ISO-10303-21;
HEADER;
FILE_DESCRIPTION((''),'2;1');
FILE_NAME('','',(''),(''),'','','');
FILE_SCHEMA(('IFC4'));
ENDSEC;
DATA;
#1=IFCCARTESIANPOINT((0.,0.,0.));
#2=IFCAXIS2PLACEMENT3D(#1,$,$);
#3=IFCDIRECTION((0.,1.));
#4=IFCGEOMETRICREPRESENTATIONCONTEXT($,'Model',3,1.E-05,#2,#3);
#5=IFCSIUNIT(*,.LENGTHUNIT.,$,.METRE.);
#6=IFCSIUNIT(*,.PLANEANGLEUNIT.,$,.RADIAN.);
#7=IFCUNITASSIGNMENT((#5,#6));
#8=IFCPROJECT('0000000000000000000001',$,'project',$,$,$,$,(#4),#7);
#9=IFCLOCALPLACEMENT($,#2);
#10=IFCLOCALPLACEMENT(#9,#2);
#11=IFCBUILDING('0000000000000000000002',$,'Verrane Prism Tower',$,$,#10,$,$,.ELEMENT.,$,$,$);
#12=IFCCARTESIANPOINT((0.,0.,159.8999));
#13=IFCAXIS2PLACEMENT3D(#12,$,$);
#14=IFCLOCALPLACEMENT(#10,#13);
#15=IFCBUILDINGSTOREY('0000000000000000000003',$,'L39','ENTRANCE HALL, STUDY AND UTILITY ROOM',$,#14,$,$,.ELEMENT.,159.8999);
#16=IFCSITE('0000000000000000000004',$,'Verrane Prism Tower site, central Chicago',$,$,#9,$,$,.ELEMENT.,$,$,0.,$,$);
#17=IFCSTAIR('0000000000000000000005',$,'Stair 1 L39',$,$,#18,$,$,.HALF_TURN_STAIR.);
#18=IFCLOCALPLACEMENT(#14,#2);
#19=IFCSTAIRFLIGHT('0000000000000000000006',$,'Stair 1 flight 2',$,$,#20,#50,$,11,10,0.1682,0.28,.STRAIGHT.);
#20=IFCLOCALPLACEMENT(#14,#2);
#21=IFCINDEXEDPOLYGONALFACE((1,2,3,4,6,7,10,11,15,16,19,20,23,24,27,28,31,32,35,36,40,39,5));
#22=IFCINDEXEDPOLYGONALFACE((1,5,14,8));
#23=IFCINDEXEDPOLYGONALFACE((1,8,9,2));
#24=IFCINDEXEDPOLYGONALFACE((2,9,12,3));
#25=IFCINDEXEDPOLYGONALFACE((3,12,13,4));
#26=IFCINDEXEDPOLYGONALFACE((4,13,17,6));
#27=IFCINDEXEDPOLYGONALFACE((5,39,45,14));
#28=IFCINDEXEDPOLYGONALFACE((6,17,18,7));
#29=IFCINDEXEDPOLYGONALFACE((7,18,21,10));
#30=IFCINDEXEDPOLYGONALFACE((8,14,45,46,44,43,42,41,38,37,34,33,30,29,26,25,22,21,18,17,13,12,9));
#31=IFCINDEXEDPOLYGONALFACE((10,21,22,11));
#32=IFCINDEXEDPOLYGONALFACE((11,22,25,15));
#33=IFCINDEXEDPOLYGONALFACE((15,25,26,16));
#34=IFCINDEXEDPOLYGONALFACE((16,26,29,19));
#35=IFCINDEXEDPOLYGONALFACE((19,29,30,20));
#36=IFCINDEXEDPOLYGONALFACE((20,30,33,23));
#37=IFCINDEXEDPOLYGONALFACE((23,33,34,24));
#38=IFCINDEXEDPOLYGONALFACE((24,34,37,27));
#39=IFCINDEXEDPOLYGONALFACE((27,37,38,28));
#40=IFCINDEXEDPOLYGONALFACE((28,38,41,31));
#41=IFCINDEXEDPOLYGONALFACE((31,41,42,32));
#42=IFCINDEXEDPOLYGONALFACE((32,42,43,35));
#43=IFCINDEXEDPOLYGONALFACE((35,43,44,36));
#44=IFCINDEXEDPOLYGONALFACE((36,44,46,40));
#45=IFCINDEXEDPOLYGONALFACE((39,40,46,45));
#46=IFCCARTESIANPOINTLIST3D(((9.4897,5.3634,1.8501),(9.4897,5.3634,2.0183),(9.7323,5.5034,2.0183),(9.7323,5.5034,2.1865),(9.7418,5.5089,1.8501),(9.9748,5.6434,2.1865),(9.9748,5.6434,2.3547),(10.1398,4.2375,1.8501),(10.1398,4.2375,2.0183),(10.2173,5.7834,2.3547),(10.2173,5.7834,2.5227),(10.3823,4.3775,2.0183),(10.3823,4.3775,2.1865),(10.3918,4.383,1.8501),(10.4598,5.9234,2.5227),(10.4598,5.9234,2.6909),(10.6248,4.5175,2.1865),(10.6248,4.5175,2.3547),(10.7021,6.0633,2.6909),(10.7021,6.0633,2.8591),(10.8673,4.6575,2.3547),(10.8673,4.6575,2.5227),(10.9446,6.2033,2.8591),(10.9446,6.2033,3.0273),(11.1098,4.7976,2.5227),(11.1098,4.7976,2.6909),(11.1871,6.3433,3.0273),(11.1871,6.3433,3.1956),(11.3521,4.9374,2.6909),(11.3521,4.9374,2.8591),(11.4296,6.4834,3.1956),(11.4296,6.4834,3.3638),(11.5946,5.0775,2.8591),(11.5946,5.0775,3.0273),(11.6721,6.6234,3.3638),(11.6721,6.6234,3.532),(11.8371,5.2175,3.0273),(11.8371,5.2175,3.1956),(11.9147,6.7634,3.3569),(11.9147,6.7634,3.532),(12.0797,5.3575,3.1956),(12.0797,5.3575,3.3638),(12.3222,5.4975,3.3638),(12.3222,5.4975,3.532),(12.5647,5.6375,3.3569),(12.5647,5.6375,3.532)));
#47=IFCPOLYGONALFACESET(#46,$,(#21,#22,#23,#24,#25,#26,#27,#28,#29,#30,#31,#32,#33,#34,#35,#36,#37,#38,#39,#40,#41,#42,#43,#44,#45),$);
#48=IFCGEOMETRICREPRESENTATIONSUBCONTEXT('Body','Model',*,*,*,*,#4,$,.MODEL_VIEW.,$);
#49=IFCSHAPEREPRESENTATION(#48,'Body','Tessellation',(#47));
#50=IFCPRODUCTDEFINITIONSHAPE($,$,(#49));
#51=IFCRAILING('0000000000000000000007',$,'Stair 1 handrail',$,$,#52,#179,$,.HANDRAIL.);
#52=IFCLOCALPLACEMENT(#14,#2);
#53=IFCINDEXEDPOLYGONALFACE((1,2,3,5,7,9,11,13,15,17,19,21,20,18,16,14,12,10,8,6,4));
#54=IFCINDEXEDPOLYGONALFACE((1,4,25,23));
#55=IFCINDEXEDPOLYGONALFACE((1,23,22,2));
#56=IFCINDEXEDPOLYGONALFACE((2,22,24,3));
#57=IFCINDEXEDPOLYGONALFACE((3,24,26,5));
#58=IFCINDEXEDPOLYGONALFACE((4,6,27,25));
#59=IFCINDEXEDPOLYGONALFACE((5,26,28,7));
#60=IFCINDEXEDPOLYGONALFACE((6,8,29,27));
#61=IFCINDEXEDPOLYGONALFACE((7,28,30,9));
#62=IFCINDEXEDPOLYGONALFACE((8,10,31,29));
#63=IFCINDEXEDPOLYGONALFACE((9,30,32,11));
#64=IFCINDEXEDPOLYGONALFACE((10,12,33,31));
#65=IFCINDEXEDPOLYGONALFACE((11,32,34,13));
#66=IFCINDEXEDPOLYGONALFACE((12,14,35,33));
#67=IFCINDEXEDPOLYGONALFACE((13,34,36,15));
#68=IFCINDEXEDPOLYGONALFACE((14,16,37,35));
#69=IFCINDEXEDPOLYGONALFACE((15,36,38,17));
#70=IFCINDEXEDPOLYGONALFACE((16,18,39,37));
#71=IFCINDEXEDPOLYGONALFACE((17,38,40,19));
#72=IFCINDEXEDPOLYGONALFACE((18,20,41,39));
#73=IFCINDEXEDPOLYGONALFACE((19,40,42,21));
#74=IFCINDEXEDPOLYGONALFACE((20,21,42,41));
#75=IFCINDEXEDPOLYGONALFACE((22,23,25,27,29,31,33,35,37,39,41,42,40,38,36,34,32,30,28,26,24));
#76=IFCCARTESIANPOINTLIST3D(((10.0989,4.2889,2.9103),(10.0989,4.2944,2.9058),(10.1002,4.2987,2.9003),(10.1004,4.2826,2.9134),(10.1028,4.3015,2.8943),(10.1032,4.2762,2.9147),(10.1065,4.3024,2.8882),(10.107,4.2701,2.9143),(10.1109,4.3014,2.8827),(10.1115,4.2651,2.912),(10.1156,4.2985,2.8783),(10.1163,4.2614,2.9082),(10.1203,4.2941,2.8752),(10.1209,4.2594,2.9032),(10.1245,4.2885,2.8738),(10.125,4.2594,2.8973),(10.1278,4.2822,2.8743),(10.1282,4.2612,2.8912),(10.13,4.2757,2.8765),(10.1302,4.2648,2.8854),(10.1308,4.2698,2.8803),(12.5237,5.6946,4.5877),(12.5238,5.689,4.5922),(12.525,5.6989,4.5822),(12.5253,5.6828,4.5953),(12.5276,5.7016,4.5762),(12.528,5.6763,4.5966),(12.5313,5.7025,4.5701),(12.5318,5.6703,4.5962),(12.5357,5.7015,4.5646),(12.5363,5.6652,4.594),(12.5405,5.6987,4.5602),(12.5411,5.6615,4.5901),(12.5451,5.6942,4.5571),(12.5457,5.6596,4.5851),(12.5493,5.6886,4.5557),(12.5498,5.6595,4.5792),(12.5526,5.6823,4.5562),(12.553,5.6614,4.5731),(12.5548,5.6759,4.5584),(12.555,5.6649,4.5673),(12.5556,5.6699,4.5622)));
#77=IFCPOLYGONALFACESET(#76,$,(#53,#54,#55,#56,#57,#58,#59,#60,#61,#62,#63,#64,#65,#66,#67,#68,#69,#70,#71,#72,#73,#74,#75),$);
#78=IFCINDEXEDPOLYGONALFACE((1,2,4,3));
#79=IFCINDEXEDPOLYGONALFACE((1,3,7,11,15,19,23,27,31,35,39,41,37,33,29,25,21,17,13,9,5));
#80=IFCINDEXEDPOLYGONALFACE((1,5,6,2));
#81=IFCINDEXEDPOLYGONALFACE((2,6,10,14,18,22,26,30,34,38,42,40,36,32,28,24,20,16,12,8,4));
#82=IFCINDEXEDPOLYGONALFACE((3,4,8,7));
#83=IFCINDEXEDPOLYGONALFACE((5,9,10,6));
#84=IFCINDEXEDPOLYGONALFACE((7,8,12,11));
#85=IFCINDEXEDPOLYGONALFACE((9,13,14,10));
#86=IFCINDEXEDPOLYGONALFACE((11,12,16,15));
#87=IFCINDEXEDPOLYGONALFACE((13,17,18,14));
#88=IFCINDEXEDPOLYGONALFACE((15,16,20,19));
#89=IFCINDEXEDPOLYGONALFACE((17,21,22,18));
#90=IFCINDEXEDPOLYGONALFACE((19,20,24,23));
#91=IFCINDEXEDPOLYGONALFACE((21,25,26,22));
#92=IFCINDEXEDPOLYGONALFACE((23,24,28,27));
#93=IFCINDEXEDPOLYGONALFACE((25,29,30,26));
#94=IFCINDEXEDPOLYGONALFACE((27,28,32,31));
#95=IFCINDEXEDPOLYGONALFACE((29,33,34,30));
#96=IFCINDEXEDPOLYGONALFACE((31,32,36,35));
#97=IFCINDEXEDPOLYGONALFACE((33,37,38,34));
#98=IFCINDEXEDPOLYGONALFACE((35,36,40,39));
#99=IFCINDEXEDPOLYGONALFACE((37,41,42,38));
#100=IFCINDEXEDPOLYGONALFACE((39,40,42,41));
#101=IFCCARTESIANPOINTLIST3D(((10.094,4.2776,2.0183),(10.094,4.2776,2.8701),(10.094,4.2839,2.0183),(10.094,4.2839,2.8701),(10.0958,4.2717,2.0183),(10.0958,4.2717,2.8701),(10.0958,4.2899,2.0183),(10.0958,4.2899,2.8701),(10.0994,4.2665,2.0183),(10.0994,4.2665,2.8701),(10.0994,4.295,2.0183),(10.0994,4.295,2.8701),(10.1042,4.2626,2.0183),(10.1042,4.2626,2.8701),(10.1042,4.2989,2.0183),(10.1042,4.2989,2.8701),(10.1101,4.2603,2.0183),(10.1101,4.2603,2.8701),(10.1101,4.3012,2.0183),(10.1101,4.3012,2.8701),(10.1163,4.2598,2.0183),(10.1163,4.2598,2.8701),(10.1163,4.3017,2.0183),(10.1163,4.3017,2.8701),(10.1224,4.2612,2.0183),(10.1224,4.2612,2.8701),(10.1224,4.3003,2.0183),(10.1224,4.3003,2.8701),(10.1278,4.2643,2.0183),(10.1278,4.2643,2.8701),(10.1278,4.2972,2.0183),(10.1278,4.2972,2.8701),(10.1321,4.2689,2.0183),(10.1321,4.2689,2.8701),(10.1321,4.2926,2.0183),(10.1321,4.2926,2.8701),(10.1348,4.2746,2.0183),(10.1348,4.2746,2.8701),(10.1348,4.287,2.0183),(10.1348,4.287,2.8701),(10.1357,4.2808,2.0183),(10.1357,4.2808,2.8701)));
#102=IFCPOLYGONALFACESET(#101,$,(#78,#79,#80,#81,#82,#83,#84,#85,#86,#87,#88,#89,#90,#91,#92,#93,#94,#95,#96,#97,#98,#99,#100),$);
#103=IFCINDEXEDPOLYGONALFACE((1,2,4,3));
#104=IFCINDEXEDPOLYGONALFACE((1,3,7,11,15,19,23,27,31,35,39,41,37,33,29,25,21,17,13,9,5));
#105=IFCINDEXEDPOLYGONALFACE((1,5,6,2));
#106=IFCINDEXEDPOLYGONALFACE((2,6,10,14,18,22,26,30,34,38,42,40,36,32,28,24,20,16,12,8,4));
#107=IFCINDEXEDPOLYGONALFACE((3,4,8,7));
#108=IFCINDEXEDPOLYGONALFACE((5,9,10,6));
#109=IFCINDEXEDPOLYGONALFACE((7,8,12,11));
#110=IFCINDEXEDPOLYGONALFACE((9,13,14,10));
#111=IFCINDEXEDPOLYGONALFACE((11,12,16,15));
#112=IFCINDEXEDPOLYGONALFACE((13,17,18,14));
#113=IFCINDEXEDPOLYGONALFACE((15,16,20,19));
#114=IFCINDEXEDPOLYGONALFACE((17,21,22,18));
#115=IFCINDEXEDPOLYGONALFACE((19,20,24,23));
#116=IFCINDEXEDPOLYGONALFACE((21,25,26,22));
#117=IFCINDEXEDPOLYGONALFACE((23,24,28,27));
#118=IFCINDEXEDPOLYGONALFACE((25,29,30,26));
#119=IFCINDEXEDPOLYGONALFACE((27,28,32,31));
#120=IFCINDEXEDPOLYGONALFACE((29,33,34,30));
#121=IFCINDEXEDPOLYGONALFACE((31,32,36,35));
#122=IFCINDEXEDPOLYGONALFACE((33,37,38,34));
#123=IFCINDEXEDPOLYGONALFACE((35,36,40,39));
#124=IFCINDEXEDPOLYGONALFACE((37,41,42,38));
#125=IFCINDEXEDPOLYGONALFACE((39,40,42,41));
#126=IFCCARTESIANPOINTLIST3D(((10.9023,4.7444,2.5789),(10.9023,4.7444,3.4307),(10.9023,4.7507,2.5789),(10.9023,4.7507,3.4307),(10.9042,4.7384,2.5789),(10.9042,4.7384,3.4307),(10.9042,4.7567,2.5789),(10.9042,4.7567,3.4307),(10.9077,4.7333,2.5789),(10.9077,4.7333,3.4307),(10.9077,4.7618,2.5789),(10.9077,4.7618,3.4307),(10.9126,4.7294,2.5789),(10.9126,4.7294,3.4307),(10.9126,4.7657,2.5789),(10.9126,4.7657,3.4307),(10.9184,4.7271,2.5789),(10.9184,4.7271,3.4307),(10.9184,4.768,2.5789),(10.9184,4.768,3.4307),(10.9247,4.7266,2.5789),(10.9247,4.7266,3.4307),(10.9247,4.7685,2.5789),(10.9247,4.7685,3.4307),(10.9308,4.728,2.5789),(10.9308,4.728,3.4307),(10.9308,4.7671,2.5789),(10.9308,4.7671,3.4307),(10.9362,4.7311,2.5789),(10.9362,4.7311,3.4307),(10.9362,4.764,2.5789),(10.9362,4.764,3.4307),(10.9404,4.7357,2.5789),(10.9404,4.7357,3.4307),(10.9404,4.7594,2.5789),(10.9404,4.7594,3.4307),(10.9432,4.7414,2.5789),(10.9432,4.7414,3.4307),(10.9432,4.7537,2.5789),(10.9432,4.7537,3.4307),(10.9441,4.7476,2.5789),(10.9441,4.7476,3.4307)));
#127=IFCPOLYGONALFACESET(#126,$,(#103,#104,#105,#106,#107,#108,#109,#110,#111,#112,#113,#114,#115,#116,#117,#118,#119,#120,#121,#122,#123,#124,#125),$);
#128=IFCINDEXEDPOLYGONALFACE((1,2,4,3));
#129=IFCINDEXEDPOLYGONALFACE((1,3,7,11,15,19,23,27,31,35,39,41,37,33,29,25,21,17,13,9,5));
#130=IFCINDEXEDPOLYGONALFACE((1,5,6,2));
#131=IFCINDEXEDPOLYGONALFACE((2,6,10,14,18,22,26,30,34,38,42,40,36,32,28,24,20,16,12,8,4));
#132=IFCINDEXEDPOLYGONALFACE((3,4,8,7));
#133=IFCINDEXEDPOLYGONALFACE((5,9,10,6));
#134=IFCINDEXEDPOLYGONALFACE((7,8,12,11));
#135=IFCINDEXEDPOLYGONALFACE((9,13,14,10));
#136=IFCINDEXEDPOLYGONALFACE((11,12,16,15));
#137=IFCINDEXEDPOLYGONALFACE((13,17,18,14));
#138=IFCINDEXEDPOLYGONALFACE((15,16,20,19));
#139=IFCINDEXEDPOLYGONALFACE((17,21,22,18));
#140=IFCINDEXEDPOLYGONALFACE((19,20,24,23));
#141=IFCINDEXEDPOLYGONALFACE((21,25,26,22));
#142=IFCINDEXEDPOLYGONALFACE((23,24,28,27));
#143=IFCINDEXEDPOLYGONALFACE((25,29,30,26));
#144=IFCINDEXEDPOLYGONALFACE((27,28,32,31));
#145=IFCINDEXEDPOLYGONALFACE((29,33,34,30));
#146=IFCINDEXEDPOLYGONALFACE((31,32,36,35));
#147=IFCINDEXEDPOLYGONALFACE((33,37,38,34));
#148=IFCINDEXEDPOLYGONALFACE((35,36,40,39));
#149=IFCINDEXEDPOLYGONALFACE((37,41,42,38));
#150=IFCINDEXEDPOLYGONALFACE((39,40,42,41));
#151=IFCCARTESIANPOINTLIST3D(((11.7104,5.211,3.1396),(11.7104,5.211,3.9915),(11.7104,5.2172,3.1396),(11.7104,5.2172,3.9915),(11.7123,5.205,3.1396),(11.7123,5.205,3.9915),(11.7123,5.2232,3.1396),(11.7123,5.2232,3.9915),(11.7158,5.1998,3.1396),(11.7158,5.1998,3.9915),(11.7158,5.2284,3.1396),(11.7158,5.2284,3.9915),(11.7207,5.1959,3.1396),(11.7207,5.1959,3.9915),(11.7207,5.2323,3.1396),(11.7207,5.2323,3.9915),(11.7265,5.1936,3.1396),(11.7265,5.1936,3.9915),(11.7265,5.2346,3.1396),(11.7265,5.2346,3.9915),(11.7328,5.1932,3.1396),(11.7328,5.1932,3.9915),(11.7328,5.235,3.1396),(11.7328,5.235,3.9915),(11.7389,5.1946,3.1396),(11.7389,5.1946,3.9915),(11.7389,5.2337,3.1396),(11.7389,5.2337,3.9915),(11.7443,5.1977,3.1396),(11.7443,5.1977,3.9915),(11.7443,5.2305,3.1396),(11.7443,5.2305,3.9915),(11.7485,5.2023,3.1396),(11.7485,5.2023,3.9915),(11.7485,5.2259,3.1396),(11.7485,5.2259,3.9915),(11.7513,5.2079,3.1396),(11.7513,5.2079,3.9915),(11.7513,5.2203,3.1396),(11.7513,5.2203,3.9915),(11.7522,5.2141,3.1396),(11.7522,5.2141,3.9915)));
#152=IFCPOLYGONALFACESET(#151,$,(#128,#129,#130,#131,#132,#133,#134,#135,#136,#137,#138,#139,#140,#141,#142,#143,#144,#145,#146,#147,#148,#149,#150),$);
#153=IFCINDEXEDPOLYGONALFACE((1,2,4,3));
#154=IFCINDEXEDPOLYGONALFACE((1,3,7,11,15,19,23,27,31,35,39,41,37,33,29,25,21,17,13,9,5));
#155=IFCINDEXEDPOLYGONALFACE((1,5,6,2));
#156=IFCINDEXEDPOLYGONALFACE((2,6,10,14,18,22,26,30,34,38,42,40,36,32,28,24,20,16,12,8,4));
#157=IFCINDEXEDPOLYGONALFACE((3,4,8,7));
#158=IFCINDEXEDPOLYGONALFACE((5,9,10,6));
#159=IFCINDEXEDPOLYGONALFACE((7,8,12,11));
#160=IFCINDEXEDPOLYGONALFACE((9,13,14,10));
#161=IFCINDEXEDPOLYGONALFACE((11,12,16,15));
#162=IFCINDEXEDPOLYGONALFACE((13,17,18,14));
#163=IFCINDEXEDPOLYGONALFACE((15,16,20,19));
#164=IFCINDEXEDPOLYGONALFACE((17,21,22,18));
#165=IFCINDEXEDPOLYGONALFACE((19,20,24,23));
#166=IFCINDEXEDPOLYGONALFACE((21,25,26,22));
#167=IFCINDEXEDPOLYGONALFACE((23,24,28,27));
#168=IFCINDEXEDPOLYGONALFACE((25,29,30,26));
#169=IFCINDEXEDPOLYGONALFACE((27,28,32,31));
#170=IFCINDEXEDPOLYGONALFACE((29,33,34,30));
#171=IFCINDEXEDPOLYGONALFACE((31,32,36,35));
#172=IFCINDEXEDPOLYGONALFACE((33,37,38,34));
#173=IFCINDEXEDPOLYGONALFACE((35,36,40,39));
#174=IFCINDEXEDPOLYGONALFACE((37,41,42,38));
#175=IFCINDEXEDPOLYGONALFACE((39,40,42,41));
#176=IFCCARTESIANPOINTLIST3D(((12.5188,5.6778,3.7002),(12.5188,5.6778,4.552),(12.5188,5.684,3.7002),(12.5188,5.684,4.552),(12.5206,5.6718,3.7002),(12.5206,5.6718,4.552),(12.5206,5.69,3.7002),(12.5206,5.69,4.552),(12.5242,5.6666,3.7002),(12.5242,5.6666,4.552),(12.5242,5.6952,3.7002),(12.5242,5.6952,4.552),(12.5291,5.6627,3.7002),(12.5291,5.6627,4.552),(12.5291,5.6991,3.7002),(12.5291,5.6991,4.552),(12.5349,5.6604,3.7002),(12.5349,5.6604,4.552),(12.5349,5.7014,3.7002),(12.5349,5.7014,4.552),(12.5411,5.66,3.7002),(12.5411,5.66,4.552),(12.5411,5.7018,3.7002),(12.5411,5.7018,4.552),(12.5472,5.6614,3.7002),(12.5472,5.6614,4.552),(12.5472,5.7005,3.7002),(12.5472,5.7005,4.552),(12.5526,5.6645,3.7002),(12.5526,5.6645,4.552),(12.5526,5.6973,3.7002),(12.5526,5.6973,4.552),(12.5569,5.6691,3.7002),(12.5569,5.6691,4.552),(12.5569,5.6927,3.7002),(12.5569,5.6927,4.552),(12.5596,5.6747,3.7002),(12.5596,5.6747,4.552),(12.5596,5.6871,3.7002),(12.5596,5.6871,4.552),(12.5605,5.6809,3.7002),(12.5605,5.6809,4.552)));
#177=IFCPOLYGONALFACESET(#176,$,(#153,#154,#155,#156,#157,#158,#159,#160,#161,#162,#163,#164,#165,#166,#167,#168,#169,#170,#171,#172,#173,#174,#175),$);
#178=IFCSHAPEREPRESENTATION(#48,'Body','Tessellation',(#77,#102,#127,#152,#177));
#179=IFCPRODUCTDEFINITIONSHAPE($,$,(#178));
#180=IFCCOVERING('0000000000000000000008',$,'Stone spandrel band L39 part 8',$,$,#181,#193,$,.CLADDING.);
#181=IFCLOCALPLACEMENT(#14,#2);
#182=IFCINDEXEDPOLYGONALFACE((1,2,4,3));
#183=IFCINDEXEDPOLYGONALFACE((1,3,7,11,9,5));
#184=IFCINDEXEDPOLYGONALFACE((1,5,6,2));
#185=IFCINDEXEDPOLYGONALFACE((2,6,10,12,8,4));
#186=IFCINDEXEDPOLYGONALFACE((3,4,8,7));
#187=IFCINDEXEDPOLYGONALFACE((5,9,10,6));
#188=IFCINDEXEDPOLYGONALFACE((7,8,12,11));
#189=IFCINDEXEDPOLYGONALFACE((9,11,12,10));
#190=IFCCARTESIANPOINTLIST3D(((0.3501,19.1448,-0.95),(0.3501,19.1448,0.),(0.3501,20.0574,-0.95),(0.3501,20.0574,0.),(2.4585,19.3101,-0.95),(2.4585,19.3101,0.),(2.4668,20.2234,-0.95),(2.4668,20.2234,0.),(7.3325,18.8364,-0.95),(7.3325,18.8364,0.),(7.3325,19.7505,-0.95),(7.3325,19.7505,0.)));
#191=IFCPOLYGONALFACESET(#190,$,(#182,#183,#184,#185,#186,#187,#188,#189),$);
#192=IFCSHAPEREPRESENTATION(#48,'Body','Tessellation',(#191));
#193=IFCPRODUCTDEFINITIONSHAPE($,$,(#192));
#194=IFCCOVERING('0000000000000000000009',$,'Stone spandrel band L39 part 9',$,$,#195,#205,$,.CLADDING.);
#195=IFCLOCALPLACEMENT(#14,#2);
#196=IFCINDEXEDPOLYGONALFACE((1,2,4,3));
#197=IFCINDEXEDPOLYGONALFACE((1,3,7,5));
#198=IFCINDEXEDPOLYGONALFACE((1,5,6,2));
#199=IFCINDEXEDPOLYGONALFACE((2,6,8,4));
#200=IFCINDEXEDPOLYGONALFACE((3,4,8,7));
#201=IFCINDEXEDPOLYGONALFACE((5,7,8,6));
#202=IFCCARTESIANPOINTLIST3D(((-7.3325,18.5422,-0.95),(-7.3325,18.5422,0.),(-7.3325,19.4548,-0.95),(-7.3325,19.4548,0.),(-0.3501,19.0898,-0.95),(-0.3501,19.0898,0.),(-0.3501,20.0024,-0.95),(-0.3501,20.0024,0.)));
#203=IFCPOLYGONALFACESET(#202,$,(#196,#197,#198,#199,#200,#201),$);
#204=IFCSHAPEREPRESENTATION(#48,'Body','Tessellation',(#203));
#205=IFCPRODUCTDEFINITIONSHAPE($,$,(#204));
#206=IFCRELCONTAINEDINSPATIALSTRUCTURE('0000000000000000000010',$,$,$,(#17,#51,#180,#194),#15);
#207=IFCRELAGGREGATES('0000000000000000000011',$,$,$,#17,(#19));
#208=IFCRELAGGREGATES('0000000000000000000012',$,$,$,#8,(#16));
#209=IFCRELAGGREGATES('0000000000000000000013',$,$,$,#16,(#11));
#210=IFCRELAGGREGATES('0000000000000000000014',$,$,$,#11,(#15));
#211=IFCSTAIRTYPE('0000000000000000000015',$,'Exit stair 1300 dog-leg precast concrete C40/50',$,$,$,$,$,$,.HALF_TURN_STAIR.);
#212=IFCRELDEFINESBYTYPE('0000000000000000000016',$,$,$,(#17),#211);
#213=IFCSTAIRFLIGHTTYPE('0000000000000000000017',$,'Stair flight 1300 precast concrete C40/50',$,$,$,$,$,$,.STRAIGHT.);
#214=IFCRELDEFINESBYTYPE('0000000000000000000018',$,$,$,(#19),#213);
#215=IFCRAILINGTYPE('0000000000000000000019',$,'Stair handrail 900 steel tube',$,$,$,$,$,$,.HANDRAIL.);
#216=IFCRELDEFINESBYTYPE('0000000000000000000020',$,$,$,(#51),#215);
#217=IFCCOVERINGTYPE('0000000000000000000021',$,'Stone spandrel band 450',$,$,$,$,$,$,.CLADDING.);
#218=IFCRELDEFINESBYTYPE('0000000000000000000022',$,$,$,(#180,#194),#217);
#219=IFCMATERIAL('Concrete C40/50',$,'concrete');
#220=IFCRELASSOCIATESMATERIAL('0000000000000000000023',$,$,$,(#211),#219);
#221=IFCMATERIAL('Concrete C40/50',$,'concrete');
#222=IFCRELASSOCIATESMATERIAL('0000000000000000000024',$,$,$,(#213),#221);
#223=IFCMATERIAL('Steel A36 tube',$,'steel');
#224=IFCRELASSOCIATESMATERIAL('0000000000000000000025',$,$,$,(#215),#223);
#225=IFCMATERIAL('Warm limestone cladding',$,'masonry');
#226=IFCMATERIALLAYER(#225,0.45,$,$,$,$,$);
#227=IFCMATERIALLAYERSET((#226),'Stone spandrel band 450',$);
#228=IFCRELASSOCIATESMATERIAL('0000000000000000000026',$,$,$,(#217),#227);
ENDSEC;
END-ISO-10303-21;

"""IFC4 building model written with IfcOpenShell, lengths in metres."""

from ifc_helpers import new_model, si_unit, direction, frame, origin, origin_2d, place, context, subcontext, project, spatial, polyline, circle, outline, extrude, material, layer, layer_set, type_object, element, aggregate, save


model = new_model("IFC4")

# Units and contexts
model_context = context("Model", 3, precision=1e-05, world=origin(), true_north=direction((0.0, 1.0)))
body_context = subcontext(model_context, "Body", "Model", "MODEL_VIEW")
ifc_project = project(units=[si_unit("LENGTHUNIT", "METRE"), si_unit("PLANEANGLEUNIT", "RADIAN")], contexts=[model_context])

# Site, building, storey
site_placement = place(None, origin())
site = spatial("IfcSite", under=ifc_project, at=site_placement, Name="Verrane Prism Tower site, central Chicago", CompositionType="ELEMENT", RefElevation=0.0)
building_placement = place(site_placement, origin())
building = spatial("IfcBuilding", under=site, at=building_placement, Name="Verrane Prism Tower", CompositionType="ELEMENT")
storey_placement = place(building_placement, frame((0.0, 0.0, 159.8999)))
storey = spatial("IfcBuildingStorey", under=building, at=storey_placement, Name="L39", Description="ENTRANCE HALL, STUDY AND UTILITY ROOM", CompositionType="ELEMENT", Elevation=159.8999)

# Stair
ifc_material_1 = material(Name="Concrete C40/50", Category="concrete")
stair_type = type_object("IfcStairType", Name="Exit stair 1300 dog-leg precast concrete C40/50", PredefinedType="HALF_TURN_STAIR", material=ifc_material_1)
stair_1_placement = place(storey_placement, origin())
stair_1 = element("IfcStair", 1, at=stair_1_placement, inside=storey, type_object=stair_type, Name="Stair 1 L39", PredefinedType="HALF_TURN_STAIR")

# Stair flight
ifc_material_2 = material(Name="Concrete C40/50", Category="concrete")
stair_flight_type = type_object("IfcStairFlightType", Name="Stair flight 1300 precast concrete C40/50", PredefinedType="STRAIGHT", material=ifc_material_2)
stair_flight_placement = place(storey_placement, frame((9.8147, 4.8005, 1.8501), z_axis=(0.0, 0.0, 1.0), x_axis=(0.866025, 0.5, 0.0)))
stair_flight = element("IfcStairFlight", 2, at=stair_flight_placement, type_object=stair_flight_type, Name="Stair 1 flight 2", NumberOfRisers=11, NumberOfTreads=10, PredefinedType="STRAIGHT", RiserHeight=0.1682, TreadLength=0.28, context=body_context, shape_type="SweptSolid", body=[
    extrude(outline(polyline([(0.0, 0.0), (0.0, 0.1682), (0.28, 0.1682), (0.28, 0.3364), (0.5601, 0.3364), (0.5601, 0.5046), (0.8401, 0.5046), (0.8401, 0.6726), (1.1201, 0.6726), (1.1201, 0.8408), (1.3999, 0.8408), (1.3999, 1.009), (1.6799, 1.009), (1.6799, 1.1772), (1.96, 1.1772), (1.96, 1.3455), (2.24, 1.3455), (2.24, 1.5137), (2.52, 1.5137), (2.52, 1.6819), (2.8, 1.6819), (2.8, 1.8501), (2.8, 1.5068), (0.291, 0.0), (0.0, 0.0)])), frame((0.0, 0.6499, 0.0), z_axis=(0.0, -1.0, 0.0), x_axis=(1.0, 0.0, 0.0)), (0.0, 0.0, 1.0), 1.3),
])
aggregate(stair_1, [stair_flight])

# Railing
ifc_material_3 = material(Name="Steel A36 tube", Category="steel")
railing_type_1 = type_object("IfcRailingType", Name="Stair handrail 900 steel tube", PredefinedType="HANDRAIL", material=ifc_material_3)
railing_1_placement = place(storey_placement, frame((10.1147, 4.2808, 2.0183)))
element("IfcRailing", 3, at=railing_1_placement, inside=storey, type_object=railing_type_1, Name="Stair 1 handrail", PredefinedType="HANDRAIL", context=body_context, shape_type="SweptSolid", body=[
    extrude(circle(Radius=0.0239, at=origin_2d()), frame((0.0, 0.0, 0.876), z_axis=(0.742367, 0.428662, 0.514918), x_axis=(-0.50005, 0.865997, 0.0)), (0.0, 0.0, 1.0), 3.2664),
    extrude(circle(Radius=0.021, at=origin_2d()), origin(), (0.0, 0.0, 1.0), 0.8518),
    extrude(circle(Radius=0.021, at=origin_2d()), frame((0.8083, 0.4668, 0.5605)), (0.0, 0.0, 1.0), 0.8518),
    extrude(circle(Radius=0.021, at=origin_2d()), frame((1.6165, 0.9333, 1.1213)), (0.0, 0.0, 1.0), 0.8518),
    extrude(circle(Radius=0.021, at=origin_2d()), frame((2.4248, 1.4001, 1.6819)), (0.0, 0.0, 1.0), 0.8518),
])

# Coverings
ifc_material_4 = material(Name="Warm limestone cladding", Category="masonry")
ifc_layer_1 = layer(ifc_material_4, 0.45)
ifc_layer_set_1 = layer_set([ifc_layer_1], Name="Stone spandrel band 450")
covering_type = type_object("IfcCoveringType", Name="Stone spandrel band 450", PredefinedType="CLADDING", material=ifc_layer_set_1)
covering_1_placement = place(storey_placement, frame((0.0, 0.0, -0.95)))
element("IfcCovering", 4, at=covering_1_placement, inside=storey, type_object=covering_type, Name="Stone spandrel band L39 part 8", PredefinedType="CLADDING", context=body_context, shape_type="SweptSolid", body=[
    extrude(outline(polyline([(0.3501, 20.0574), (0.3501, 19.1448), (2.4585, 19.3101), (7.3325, 18.8364), (7.3325, 19.7505), (2.4668, 20.2234), (0.3501, 20.0574)])), origin(), (0.0, 0.0, 1.0), 0.95),
])
covering_2_placement = place(storey_placement, frame((0.0, 0.0, -0.95)))
element("IfcCovering", 5, at=covering_2_placement, inside=storey, type_object=covering_type, Name="Stone spandrel band L39 part 9", PredefinedType="CLADDING", context=body_context, shape_type="SweptSolid", body=[
    extrude(outline(polyline([(-7.3325, 18.5422), (-0.3501, 19.0898), (-0.3501, 20.0024), (-7.3325, 19.4548), (-7.3325, 18.5422)])), origin(), (0.0, 0.0, 1.0), 0.95),
])

save(model, "model.ifc")
